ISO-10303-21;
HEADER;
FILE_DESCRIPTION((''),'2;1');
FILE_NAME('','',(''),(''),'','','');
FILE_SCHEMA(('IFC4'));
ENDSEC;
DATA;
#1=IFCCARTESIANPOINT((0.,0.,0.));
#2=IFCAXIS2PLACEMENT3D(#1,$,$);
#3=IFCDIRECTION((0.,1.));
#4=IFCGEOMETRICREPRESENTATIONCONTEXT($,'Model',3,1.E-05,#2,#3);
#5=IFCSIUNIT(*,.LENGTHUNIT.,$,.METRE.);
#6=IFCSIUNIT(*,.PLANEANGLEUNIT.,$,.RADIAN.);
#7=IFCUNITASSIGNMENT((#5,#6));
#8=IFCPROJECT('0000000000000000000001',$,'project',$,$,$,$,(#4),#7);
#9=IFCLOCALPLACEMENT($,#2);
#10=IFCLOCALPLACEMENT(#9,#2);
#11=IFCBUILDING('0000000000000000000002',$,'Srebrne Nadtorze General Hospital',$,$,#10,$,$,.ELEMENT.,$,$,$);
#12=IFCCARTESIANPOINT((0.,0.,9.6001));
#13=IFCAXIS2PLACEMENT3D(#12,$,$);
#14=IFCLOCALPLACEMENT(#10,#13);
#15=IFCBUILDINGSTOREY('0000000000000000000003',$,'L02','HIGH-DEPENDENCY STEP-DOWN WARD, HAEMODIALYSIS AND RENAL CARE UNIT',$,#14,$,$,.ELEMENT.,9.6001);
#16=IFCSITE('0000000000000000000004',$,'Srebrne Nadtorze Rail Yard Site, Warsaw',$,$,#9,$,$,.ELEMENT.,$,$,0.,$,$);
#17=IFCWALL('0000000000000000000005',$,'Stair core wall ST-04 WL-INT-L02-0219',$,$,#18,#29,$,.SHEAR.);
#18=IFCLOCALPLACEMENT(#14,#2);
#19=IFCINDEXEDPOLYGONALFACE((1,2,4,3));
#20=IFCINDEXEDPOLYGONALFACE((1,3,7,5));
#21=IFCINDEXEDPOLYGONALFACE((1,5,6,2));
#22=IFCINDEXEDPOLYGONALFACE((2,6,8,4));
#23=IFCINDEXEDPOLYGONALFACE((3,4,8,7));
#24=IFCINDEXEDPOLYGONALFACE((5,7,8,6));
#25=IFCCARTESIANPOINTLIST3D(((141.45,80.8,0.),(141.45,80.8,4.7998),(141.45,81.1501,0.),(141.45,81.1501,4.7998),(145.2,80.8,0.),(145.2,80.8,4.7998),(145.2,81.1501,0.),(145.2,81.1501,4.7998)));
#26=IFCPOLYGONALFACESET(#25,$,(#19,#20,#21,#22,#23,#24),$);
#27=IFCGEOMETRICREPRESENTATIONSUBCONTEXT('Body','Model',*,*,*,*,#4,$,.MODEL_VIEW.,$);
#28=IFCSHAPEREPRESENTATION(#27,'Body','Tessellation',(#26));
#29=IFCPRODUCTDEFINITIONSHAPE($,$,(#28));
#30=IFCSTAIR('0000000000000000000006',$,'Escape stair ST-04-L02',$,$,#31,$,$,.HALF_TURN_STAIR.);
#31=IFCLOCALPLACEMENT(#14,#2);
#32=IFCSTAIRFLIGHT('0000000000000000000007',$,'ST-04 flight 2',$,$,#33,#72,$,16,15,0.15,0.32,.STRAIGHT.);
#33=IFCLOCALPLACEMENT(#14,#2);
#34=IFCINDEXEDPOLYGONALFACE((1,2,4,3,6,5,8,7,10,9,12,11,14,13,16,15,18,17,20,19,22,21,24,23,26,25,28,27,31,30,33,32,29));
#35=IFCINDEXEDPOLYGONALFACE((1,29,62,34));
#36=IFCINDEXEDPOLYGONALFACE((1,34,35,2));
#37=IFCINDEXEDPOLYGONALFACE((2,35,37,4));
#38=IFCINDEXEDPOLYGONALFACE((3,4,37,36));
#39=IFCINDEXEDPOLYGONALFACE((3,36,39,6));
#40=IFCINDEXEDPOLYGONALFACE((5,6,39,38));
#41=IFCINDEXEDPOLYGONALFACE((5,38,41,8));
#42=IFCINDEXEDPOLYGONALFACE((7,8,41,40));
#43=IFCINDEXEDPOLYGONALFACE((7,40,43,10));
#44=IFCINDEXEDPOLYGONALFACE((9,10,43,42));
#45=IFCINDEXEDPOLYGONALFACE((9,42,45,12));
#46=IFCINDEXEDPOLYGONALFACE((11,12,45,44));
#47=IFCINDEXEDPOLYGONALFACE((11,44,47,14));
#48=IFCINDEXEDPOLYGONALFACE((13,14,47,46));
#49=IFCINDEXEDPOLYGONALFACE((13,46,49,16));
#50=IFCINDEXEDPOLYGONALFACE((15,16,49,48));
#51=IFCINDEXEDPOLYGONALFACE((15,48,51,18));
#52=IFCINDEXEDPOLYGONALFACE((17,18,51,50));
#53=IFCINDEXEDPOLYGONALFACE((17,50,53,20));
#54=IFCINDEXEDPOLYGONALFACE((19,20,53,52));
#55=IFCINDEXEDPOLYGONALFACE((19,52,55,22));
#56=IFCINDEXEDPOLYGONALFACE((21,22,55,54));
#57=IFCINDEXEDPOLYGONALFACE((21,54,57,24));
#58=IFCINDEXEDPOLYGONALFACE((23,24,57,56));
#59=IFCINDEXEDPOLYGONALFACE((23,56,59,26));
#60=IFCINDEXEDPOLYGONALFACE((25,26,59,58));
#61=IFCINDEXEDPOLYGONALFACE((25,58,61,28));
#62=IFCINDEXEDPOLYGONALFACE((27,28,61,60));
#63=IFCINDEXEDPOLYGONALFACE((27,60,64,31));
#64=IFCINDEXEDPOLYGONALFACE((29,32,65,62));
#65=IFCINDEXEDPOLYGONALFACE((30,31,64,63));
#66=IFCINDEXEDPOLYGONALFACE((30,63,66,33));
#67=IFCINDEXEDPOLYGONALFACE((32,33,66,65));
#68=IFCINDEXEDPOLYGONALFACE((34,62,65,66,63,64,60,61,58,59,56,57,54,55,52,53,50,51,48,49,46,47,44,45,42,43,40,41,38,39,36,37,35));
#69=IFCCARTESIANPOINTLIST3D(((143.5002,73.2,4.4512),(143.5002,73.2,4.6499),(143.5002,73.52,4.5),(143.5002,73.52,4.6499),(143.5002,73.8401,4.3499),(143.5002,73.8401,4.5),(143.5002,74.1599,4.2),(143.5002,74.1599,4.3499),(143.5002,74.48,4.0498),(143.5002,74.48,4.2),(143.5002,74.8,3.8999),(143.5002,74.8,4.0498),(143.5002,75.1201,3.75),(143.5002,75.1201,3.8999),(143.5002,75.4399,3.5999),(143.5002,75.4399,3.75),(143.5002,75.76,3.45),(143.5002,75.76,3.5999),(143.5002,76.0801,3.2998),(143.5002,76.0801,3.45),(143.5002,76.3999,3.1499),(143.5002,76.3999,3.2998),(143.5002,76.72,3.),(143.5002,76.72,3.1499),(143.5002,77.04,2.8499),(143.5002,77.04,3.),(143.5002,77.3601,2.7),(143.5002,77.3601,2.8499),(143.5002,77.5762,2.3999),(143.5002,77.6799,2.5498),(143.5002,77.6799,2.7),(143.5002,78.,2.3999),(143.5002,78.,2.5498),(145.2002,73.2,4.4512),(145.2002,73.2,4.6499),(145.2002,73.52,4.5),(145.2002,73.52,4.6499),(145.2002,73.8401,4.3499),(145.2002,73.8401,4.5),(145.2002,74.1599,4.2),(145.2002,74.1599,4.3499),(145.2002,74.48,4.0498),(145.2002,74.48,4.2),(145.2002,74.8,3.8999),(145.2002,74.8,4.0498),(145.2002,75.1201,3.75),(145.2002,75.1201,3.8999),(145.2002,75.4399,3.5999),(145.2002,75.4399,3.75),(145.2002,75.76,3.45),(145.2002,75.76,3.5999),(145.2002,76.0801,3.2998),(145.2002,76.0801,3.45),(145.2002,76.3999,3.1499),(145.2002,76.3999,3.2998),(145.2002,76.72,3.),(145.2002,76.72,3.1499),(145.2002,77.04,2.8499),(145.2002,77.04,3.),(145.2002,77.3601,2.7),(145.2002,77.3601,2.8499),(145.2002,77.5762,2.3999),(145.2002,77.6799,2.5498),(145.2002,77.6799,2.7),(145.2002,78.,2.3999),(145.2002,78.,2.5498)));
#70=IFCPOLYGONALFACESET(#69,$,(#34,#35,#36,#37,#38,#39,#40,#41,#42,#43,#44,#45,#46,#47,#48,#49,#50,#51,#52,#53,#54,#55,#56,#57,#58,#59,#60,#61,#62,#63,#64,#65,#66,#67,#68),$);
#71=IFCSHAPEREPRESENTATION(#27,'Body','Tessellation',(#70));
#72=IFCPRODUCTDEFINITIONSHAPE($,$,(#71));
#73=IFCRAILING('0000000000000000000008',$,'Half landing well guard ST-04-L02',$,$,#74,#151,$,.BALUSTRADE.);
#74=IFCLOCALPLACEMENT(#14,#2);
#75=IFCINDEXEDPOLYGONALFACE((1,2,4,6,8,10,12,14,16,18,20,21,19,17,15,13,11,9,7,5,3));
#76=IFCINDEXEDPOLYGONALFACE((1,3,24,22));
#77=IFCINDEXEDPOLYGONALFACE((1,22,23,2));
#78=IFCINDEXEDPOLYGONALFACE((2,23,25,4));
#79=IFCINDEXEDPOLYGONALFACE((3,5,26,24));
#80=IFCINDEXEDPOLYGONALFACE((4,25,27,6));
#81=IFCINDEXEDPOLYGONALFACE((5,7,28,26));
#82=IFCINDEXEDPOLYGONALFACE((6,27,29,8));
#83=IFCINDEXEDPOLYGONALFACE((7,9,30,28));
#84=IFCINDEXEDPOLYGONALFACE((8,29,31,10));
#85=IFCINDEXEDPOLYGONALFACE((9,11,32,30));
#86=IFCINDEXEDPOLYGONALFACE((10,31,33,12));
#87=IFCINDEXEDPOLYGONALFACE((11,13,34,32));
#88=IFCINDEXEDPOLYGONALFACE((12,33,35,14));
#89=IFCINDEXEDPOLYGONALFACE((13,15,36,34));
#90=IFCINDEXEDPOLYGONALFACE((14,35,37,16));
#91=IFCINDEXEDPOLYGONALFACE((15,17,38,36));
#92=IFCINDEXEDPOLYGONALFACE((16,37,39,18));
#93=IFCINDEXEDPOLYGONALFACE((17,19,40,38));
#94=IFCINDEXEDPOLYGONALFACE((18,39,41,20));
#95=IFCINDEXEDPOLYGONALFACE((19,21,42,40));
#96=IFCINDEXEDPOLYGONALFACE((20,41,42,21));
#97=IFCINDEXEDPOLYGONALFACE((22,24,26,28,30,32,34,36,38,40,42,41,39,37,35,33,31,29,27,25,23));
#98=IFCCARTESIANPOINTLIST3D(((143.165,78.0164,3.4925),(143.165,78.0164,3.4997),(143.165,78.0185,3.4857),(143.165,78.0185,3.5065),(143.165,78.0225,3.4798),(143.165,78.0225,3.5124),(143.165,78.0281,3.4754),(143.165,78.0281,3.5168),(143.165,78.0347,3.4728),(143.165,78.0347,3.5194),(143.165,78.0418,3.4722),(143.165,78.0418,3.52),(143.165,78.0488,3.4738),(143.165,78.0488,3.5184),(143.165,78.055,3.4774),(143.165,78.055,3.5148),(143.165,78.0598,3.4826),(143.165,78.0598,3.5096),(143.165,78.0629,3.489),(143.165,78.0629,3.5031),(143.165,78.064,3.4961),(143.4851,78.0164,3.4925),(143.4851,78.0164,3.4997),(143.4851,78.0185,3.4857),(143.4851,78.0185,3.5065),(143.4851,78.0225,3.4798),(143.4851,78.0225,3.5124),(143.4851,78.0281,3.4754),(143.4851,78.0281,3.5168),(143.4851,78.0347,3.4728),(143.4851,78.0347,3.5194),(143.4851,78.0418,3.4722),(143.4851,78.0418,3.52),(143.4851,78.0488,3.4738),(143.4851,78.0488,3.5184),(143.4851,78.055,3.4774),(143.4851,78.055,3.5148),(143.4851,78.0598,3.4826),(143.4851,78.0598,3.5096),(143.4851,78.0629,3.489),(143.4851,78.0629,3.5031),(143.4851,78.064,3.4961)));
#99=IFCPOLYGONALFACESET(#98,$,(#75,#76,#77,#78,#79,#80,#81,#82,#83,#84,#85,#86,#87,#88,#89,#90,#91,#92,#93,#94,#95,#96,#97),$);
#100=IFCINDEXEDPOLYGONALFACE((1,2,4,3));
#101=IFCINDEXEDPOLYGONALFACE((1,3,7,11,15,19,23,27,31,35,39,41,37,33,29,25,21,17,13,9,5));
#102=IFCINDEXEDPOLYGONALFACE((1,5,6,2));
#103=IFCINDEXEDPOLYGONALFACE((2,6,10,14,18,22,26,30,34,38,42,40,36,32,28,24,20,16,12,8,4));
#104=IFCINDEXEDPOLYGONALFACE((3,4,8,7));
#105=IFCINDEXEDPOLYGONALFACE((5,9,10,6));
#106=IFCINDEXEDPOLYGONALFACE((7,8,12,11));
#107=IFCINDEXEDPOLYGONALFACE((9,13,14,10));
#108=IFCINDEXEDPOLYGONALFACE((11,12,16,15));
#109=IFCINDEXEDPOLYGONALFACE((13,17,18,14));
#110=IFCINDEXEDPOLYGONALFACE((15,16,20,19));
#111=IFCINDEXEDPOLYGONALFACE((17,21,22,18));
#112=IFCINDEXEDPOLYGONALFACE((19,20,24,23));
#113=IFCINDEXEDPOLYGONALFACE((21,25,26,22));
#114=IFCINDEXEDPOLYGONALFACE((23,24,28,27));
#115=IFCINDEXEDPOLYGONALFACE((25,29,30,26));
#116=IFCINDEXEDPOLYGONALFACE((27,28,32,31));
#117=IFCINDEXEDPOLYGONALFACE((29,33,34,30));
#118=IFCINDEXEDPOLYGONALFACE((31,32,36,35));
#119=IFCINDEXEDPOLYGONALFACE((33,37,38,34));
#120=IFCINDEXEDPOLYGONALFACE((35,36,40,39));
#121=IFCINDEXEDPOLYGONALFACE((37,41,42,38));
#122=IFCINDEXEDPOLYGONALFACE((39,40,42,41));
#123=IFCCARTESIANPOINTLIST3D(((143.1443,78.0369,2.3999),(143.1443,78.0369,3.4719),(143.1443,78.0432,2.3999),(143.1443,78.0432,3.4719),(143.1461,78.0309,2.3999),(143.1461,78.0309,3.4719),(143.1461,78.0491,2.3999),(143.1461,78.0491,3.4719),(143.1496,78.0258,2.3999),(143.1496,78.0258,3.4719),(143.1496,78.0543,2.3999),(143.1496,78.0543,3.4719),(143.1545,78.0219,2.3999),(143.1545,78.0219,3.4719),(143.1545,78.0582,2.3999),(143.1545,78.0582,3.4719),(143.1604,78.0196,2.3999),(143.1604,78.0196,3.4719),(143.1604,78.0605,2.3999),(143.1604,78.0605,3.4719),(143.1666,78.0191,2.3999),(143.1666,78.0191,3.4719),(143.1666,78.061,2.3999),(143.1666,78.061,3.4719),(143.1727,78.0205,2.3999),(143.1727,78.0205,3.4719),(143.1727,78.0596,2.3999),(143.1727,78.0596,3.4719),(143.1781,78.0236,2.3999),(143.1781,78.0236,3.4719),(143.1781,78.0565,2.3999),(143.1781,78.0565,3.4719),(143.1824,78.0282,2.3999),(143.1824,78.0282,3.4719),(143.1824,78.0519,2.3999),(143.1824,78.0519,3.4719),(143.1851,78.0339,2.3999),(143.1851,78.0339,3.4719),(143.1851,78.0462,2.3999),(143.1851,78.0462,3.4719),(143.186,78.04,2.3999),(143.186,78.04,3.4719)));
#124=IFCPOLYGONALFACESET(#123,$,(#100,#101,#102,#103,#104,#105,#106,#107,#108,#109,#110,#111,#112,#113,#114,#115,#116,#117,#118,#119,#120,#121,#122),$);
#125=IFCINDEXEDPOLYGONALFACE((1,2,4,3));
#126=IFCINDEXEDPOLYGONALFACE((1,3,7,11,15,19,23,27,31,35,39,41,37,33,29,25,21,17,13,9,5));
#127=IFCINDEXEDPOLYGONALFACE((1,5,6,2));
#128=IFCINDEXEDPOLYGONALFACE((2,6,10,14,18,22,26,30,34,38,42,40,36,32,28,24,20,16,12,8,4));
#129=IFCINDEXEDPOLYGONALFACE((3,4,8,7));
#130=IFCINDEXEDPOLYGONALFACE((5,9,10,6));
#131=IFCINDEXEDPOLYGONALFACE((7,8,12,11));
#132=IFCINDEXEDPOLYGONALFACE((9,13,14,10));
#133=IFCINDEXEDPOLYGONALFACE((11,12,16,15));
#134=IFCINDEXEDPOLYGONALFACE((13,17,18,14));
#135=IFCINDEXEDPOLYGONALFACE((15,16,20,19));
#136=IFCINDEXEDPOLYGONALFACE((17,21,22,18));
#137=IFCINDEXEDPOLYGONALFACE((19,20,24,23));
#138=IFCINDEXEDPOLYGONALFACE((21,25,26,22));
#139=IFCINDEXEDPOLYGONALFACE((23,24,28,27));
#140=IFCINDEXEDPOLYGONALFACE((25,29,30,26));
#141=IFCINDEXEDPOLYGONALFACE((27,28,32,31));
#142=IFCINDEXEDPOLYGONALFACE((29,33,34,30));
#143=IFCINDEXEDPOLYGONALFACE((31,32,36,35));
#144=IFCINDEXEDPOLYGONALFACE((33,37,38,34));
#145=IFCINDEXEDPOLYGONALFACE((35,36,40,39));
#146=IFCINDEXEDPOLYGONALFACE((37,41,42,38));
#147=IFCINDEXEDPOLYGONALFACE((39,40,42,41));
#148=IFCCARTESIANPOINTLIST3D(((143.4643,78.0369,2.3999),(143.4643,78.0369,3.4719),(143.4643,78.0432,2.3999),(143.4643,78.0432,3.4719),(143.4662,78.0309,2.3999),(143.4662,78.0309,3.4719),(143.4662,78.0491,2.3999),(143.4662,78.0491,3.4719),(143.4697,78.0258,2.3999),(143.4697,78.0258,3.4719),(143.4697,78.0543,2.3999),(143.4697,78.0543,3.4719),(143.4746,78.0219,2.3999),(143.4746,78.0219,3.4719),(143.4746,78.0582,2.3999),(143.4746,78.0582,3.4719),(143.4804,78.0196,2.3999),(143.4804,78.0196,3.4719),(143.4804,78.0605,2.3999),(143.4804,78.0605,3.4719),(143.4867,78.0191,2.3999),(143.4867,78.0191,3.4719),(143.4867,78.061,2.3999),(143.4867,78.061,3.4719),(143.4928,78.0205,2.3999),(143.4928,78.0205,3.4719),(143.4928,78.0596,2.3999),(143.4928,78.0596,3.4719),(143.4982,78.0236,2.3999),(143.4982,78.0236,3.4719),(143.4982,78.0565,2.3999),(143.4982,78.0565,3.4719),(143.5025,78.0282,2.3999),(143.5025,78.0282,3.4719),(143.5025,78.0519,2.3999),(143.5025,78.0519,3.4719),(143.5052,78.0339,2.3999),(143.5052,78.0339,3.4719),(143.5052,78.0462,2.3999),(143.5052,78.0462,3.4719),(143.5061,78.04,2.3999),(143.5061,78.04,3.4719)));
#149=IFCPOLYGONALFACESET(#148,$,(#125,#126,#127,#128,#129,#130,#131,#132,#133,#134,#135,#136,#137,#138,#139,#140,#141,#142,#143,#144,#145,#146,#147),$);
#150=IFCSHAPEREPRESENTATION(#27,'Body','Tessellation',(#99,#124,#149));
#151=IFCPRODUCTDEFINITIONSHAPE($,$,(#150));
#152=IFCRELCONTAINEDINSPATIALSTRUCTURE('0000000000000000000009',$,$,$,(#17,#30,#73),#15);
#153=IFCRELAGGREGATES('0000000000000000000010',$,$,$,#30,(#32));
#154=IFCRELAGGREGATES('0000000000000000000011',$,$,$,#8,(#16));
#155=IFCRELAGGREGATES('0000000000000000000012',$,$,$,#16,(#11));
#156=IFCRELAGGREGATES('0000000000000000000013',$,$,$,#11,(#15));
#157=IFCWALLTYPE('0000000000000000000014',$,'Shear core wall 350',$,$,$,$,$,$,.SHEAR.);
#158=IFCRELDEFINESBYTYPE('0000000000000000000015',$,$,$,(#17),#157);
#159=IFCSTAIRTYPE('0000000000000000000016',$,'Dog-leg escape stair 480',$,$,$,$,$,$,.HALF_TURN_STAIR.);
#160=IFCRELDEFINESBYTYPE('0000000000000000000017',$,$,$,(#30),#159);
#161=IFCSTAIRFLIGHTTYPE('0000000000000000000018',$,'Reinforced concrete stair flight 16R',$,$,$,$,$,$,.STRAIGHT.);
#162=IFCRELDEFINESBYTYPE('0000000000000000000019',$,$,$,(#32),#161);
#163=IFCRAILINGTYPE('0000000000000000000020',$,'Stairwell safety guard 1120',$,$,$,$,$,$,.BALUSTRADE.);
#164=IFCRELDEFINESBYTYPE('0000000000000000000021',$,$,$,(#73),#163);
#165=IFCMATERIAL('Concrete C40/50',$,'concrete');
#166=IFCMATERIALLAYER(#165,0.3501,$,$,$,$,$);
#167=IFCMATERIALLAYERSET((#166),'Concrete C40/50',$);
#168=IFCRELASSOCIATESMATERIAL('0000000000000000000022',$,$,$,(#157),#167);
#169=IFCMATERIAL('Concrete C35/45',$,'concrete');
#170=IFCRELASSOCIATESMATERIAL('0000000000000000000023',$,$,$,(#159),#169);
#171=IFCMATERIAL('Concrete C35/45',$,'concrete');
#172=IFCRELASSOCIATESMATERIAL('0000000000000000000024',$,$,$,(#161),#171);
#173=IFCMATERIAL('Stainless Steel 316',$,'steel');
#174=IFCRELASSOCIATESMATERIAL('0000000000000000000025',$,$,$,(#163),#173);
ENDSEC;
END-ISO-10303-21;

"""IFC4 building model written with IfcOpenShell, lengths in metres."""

from ifc_helpers import new_model, si_unit, direction, frame, frame_2d, origin, origin_2d, place, context, subcontext, project, spatial, polyline, rectangle, circle, outline, extrude, material, layer, layer_set, type_object, element, aggregate, save


model = new_model("IFC4")

# Units and contexts
model_context = context("Model", 3, precision=1e-05, world=origin(), true_north=direction((0.0, 1.0)))
body_context = subcontext(model_context, "Body", "Model", "MODEL_VIEW")
ifc_project = project(units=[si_unit("LENGTHUNIT", "METRE"), si_unit("PLANEANGLEUNIT", "RADIAN")], contexts=[model_context])

# Site, building, storey
site_placement = place(None, origin())
site = spatial("IfcSite", under=ifc_project, at=site_placement, Name="Srebrne Nadtorze Rail Yard Site, Warsaw", CompositionType="ELEMENT", RefElevation=0.0)
building_placement = place(site_placement, origin())
building = spatial("IfcBuilding", under=site, at=building_placement, Name="Srebrne Nadtorze General Hospital", CompositionType="ELEMENT")
storey_placement = place(building_placement, frame((0.0, 0.0, 9.6001)))
storey = spatial("IfcBuildingStorey", under=building, at=storey_placement, Name="L02", Description="HIGH-DEPENDENCY STEP-DOWN WARD, HAEMODIALYSIS AND RENAL CARE UNIT", CompositionType="ELEMENT", Elevation=9.6001)

# Wall
ifc_material_1 = material(Name="Concrete C40/50", Category="concrete")
ifc_layer_1 = layer(ifc_material_1, 0.3501)
ifc_layer_set_1 = layer_set([ifc_layer_1], Name="Concrete C40/50")
wall_type_1 = type_object("IfcWallType", Name="Shear core wall 350", PredefinedType="SHEAR", material=ifc_layer_set_1)
wall_1_placement = place(storey_placement, frame((141.45, 80.9751, 0.0), z_axis=(0.0, 0.0, 1.0), x_axis=(1.0, 0.0, 0.0)))
element("IfcWall", 1, at=wall_1_placement, inside=storey, type_object=wall_type_1, Name="Stair core wall ST-04 WL-INT-L02-0219", PredefinedType="SHEAR", context=body_context, shape_type="SweptSolid", body=[
    extrude(rectangle(XDim=3.75, YDim=0.3501, at=frame_2d((1.875, 0.0))), origin(), (0.0, 0.0, 1.0), 4.7998),
])

# Stair, stair flight
ifc_material_2 = material(Name="Concrete C35/45", Category="concrete")
stair_type = type_object("IfcStairType", Name="Dog-leg escape stair 480", PredefinedType="HALF_TURN_STAIR", material=ifc_material_2)
stair_placement = place(storey_placement, origin())
stair = element("IfcStair", 2, at=stair_placement, inside=storey, type_object=stair_type, Name="Escape stair ST-04-L02", PredefinedType="HALF_TURN_STAIR")
ifc_material_3 = material(Name="Concrete C35/45", Category="concrete")
stair_flight_type = type_object("IfcStairFlightType", Name="Reinforced concrete stair flight 16R", PredefinedType="STRAIGHT", material=ifc_material_3)
stair_flight_placement = place(storey_placement, frame((144.3501, 78.0, 2.3999), z_axis=(0.0, 0.0, 1.0), x_axis=(0.0, -1.0, 0.0)))
stair_flight = element("IfcStairFlight", 3, at=stair_flight_placement, type_object=stair_flight_type, Name="ST-04 flight 2", NumberOfRisers=16, NumberOfTreads=15, PredefinedType="STRAIGHT", RiserHeight=0.15, TreadLength=0.32, context=body_context, shape_type="SweptSolid", body=[
    extrude(outline(polyline([(0.0, 0.0), (0.0, 0.1499), (0.3201, 0.1499), (0.3201, 0.3), (0.6399, 0.3), (0.6399, 0.45), (0.96, 0.45), (0.96, 0.6001), (1.28, 0.6001), (1.28, 0.75), (1.6001, 0.75), (1.6001, 0.8999), (1.9199, 0.8999), (1.9199, 1.05), (2.24, 1.05), (2.24, 1.2), (2.5601, 1.2), (2.5601, 1.3501), (2.8799, 1.3501), (2.8799, 1.5), (3.2, 1.5), (3.2, 1.6499), (3.52, 1.6499), (3.52, 1.8), (3.8401, 1.8), (3.8401, 1.95), (4.1599, 1.95), (4.1599, 2.1001), (4.48, 2.1001), (4.48, 2.25), (4.8, 2.25), (4.8, 2.3999), (4.8, 2.0513), (0.4238, 0.0), (0.0, 0.0)])), frame((0.0, 0.8501, 0.0), z_axis=(0.0, -1.0, 0.0), x_axis=(1.0, 0.0, 0.0)), (0.0, 0.0, 1.0), 1.7),
])
aggregate(stair, [stair_flight])

# Railing
ifc_material_4 = material(Name="Stainless Steel 316", Category="steel")
railing_type = type_object("IfcRailingType", Name="Stairwell safety guard 1120", PredefinedType="BALUSTRADE", material=ifc_material_4)
railing_placement = place(storey_placement, frame((143.165, 78.04, 2.3999)))
element("IfcRailing", 4, at=railing_placement, inside=storey, type_object=railing_type, Name="Half landing well guard ST-04-L02", PredefinedType="BALUSTRADE", context=body_context, shape_type="SweptSolid", body=[
    extrude(circle(Radius=0.0239, at=origin_2d()), frame((0.0, 0.0, 1.0962), z_axis=(1.0, 0.0, 0.0), x_axis=(0.0, 1.0, 0.0)), (0.0, 0.0, 1.0), 0.3201),
    extrude(circle(Radius=0.021, at=origin_2d()), origin(), (0.0, 0.0, 1.0), 1.072),
    extrude(circle(Radius=0.021, at=origin_2d()), frame((0.3201, 0.0, 0.0)), (0.0, 0.0, 1.0), 1.072),
])

save(model, "model.ifc")
